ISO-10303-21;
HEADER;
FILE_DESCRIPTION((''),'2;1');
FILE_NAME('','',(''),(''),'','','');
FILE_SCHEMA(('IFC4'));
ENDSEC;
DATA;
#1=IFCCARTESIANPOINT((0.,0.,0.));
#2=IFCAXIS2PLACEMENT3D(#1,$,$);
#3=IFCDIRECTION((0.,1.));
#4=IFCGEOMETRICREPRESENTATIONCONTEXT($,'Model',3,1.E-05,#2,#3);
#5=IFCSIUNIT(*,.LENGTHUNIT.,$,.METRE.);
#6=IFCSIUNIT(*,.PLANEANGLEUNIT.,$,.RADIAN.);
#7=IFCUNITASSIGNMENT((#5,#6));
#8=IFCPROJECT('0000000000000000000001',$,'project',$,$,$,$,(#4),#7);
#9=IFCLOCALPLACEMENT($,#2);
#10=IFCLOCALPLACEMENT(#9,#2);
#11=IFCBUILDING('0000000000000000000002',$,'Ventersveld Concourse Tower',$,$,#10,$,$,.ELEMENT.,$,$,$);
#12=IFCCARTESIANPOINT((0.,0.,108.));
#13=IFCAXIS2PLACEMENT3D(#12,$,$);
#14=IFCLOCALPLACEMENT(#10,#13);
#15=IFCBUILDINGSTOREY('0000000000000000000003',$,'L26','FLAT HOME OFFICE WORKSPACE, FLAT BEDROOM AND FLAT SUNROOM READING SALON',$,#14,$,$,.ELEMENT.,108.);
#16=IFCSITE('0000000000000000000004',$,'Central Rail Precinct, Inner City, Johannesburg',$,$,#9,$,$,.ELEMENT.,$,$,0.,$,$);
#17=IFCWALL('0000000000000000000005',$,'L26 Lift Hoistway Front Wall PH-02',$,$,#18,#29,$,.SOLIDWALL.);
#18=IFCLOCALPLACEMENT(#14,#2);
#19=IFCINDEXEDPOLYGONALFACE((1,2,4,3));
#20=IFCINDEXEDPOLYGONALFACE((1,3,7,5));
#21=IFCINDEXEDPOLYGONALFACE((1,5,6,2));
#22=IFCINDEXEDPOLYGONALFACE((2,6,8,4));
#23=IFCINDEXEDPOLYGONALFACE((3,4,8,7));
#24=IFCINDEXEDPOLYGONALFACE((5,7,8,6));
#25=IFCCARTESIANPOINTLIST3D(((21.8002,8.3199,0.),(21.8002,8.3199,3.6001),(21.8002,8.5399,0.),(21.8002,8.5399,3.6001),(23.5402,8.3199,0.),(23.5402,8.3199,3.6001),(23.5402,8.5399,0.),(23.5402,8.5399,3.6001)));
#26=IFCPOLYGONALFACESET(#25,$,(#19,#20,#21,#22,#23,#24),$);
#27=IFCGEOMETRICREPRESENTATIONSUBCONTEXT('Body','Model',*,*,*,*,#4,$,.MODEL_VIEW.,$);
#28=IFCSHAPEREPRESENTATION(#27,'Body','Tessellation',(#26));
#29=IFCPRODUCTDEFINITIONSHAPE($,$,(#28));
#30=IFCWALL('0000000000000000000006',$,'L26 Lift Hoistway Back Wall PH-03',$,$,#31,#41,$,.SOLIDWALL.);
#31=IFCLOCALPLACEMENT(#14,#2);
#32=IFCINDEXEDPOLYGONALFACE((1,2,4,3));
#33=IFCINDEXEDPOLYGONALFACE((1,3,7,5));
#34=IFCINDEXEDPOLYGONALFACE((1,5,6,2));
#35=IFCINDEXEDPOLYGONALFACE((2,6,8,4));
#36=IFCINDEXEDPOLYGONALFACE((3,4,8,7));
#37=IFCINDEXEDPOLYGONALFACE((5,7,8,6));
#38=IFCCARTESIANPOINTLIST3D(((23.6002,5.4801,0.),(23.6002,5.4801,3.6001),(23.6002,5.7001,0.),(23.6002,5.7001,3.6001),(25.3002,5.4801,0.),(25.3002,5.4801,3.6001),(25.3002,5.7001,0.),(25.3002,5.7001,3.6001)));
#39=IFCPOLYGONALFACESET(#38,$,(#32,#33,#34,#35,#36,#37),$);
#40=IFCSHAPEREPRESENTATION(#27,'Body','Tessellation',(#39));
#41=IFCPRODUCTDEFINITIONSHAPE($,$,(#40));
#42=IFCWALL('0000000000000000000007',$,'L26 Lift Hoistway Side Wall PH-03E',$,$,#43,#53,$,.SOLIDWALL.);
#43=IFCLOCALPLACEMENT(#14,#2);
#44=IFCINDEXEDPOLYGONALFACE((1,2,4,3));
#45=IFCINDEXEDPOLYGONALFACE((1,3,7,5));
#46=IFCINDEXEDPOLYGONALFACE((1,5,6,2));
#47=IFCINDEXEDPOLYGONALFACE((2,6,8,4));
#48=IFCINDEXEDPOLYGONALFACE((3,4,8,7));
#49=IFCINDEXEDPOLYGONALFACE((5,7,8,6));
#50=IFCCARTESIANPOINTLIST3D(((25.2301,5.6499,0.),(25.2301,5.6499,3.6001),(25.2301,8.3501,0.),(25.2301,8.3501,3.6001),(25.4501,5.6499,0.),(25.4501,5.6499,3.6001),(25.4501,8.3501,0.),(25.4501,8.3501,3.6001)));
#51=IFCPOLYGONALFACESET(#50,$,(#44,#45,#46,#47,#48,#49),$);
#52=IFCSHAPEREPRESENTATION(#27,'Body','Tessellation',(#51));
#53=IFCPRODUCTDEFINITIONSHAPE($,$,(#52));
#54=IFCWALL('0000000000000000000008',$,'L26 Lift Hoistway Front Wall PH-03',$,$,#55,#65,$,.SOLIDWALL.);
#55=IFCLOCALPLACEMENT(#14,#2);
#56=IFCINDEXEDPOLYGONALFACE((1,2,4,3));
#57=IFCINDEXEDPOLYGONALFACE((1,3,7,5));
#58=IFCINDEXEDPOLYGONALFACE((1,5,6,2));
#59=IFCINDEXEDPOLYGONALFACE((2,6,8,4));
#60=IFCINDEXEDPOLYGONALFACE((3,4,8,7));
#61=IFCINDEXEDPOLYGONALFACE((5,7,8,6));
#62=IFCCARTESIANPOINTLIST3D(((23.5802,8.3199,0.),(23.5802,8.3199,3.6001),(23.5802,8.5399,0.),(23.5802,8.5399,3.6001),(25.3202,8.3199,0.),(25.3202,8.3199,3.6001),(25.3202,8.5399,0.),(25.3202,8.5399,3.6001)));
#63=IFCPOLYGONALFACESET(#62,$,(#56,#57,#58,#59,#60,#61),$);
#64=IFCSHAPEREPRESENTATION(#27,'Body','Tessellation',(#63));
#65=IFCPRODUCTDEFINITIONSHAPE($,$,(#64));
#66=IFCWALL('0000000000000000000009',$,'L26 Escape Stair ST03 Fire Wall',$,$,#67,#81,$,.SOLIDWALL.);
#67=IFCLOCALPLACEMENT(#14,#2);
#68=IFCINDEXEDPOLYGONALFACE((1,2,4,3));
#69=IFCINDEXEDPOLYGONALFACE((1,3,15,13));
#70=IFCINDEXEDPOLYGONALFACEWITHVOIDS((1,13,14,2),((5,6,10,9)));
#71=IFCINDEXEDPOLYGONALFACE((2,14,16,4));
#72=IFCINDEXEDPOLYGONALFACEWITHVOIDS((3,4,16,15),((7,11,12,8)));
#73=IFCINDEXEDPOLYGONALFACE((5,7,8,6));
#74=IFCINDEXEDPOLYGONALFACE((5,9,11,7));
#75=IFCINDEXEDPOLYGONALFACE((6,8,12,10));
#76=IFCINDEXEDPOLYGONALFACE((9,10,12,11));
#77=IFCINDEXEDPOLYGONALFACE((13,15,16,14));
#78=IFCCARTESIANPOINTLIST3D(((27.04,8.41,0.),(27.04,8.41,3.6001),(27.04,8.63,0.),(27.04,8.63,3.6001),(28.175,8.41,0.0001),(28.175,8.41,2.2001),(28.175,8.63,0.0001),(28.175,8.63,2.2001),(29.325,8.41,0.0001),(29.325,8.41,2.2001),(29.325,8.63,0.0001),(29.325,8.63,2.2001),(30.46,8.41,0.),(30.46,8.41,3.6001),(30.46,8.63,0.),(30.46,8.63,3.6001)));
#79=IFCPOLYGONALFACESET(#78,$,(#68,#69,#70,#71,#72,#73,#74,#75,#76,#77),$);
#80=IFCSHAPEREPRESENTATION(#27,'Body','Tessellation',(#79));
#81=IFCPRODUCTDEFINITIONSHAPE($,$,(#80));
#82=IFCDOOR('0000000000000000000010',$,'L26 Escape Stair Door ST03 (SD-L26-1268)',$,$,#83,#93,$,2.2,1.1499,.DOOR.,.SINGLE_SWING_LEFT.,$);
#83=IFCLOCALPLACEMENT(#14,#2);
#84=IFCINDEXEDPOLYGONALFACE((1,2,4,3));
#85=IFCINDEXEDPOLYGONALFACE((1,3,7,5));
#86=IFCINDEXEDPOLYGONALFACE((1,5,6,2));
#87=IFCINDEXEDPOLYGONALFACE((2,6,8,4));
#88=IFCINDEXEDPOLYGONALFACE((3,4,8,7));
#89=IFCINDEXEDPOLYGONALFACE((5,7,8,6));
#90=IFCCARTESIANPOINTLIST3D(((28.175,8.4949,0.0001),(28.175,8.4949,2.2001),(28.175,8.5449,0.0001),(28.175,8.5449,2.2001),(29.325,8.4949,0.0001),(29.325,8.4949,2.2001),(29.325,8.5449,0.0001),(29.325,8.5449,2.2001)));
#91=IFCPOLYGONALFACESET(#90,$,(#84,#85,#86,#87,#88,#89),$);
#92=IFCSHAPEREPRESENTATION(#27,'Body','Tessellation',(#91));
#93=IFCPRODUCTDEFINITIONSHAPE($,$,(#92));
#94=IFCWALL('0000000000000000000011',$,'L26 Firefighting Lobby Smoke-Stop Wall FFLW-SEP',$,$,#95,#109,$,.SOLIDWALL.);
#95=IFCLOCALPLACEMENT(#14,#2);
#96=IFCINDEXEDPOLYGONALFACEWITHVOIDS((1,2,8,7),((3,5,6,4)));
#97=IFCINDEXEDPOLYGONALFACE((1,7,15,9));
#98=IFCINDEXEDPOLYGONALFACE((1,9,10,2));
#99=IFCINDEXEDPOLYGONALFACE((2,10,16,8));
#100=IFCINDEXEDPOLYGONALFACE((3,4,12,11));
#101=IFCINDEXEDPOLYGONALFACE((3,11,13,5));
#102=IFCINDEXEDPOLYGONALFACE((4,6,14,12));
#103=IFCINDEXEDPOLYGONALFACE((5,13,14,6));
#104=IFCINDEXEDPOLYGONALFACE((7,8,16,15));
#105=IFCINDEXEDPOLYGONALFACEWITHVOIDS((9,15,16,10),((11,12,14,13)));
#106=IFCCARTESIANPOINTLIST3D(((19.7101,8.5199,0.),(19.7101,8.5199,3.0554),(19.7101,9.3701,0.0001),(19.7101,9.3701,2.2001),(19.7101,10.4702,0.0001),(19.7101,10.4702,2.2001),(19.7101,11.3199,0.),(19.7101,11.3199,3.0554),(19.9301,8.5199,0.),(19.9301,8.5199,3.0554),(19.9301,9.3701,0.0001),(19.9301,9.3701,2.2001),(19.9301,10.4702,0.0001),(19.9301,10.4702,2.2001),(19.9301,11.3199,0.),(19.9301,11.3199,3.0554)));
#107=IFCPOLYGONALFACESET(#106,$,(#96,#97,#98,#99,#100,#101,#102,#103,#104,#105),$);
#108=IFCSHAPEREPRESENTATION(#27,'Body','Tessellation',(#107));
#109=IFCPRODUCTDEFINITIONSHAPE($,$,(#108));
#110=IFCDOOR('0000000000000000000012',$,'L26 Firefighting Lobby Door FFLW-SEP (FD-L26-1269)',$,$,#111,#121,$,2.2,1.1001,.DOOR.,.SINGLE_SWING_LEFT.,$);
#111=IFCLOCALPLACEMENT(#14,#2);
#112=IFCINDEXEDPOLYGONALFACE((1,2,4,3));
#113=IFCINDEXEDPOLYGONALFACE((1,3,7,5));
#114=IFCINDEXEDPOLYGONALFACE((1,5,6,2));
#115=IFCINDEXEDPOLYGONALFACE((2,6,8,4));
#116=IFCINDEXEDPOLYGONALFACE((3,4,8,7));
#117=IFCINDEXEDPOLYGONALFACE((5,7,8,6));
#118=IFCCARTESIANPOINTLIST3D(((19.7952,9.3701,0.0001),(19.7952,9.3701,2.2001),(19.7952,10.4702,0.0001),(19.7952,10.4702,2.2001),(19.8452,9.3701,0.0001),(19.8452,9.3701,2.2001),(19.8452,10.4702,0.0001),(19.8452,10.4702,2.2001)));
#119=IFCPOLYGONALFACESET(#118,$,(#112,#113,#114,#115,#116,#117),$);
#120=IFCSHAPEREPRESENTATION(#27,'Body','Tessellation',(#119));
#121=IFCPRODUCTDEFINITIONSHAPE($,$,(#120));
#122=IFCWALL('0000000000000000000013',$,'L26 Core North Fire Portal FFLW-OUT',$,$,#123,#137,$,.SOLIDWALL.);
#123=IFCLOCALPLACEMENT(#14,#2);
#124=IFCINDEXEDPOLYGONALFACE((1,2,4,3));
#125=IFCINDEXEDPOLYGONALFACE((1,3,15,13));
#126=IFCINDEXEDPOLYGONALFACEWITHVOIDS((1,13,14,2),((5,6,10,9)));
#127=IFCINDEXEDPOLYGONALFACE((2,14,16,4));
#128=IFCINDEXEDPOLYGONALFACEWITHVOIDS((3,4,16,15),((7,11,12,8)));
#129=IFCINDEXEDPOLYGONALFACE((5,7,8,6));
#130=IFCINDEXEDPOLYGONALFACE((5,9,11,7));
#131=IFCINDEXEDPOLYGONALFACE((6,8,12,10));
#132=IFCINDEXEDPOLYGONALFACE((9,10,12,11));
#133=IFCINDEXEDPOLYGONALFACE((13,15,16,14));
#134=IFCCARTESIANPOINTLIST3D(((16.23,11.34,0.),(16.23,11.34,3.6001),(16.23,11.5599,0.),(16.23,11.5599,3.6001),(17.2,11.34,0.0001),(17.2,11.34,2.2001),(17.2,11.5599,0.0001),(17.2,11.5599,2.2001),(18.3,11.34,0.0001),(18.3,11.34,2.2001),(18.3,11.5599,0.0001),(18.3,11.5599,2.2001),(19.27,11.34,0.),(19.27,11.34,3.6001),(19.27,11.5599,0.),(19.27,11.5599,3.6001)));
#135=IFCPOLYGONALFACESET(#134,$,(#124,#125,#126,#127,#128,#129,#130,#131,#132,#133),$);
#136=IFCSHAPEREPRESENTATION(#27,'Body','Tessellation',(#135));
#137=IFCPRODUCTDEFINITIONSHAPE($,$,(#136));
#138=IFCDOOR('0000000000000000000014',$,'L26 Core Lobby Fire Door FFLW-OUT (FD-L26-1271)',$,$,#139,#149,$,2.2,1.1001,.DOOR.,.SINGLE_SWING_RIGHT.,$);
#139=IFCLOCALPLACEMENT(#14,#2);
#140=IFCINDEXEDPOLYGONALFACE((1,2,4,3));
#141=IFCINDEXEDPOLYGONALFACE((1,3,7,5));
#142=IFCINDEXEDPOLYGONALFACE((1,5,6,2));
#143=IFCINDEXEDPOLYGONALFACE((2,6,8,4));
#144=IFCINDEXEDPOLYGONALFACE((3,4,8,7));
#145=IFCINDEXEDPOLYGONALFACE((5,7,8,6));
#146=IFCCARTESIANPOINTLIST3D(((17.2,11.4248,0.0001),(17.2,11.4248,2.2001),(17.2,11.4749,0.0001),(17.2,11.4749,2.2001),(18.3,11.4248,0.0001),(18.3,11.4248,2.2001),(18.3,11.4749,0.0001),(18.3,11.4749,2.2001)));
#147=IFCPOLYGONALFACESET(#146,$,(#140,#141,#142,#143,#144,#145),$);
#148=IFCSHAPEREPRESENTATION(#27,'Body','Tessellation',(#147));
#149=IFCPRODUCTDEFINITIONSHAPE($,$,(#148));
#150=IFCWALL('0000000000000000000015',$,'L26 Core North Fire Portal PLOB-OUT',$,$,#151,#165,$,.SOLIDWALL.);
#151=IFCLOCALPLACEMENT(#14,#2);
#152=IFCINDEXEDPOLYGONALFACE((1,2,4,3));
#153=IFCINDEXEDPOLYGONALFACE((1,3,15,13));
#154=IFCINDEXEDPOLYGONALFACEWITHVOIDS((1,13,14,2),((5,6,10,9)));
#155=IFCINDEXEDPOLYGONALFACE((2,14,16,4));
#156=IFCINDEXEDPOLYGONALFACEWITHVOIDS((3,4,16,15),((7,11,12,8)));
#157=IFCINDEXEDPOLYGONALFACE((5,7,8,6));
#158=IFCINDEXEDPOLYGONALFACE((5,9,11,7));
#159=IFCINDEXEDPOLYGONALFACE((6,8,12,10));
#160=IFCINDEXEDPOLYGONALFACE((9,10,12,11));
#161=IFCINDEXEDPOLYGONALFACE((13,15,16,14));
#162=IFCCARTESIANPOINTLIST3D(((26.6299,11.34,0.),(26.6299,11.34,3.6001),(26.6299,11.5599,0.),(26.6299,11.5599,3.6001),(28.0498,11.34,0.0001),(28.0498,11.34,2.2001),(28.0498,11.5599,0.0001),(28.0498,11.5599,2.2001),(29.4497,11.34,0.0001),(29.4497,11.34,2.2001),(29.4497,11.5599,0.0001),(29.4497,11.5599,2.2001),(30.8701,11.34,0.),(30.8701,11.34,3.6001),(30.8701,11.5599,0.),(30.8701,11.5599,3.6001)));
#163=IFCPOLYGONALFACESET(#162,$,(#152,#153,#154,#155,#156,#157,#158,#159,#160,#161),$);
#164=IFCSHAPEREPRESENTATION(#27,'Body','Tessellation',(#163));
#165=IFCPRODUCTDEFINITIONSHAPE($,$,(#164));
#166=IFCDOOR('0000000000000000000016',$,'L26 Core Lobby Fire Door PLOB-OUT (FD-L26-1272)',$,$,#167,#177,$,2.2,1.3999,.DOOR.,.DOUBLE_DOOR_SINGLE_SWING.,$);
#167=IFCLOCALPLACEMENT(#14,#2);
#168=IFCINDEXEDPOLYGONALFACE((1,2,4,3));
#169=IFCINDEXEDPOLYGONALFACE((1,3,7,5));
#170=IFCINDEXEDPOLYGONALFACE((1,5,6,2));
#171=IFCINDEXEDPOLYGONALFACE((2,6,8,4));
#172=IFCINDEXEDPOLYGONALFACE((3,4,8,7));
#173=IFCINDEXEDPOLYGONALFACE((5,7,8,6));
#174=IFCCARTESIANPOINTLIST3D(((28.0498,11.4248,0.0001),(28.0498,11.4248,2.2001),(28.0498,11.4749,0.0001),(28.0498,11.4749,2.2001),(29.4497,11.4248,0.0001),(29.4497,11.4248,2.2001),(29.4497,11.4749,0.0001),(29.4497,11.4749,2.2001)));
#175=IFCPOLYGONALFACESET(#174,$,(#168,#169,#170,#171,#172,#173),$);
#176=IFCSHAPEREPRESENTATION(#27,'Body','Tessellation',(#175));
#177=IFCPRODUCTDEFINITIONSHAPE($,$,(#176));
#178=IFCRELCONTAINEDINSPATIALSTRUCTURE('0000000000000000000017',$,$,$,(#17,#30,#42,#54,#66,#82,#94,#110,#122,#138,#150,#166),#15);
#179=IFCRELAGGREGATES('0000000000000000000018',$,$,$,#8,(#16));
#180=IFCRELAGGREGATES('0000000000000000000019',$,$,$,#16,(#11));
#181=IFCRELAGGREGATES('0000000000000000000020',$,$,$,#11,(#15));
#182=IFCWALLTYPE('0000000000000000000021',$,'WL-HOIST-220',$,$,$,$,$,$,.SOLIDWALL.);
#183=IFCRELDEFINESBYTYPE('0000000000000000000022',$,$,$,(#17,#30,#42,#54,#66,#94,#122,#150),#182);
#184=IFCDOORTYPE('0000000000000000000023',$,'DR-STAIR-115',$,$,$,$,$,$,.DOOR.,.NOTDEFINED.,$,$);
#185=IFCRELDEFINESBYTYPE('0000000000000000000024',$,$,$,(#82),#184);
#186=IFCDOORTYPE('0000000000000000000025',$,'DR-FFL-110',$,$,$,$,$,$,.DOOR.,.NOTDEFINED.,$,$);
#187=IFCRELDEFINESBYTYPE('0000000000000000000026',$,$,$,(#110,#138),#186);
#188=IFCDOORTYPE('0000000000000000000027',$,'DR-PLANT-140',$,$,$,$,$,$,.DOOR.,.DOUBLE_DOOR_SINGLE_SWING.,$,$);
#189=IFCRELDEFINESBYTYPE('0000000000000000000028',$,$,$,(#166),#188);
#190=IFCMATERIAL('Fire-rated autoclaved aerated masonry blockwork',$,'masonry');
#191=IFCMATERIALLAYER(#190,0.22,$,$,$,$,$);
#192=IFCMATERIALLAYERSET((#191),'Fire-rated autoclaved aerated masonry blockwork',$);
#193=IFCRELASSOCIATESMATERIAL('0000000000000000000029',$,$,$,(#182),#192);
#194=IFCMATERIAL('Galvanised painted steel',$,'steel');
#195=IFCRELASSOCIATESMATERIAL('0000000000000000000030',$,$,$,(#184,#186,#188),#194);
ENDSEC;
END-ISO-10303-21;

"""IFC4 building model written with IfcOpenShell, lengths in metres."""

from ifc_helpers import new_model, si_unit, direction, frame, frame_2d, origin, place, context, subcontext, project, spatial, rectangle, extrude, material, layer, layer_set, type_object, element, fill, save


model = new_model("IFC4")

# Units and contexts
model_context = context("Model", 3, precision=1e-05, world=origin(), true_north=direction((0.0, 1.0)))
body_context = subcontext(model_context, "Body", "Model", "MODEL_VIEW")
ifc_project = project(units=[si_unit("LENGTHUNIT", "METRE"), si_unit("PLANEANGLEUNIT", "RADIAN")], contexts=[model_context])

# Site, building, storey
site_placement = place(None, origin())
site = spatial("IfcSite", under=ifc_project, at=site_placement, Name="Central Rail Precinct, Inner City, Johannesburg", CompositionType="ELEMENT", RefElevation=0.0)
building_placement = place(site_placement, origin())
building = spatial("IfcBuilding", under=site, at=building_placement, Name="Ventersveld Concourse Tower", CompositionType="ELEMENT")
storey_placement = place(building_placement, frame((0.0, 0.0, 108.0)))
storey = spatial("IfcBuildingStorey", under=building, at=storey_placement, Name="L26", Description="FLAT HOME OFFICE WORKSPACE, FLAT BEDROOM AND FLAT SUNROOM READING SALON", CompositionType="ELEMENT", Elevation=108.0)

# Shared definitions
ifc_material_1 = material(Name="Fire-rated autoclaved aerated masonry blockwork", Category="masonry")
ifc_layer_1 = layer(ifc_material_1, 0.22)
ifc_layer_set_1 = layer_set([ifc_layer_1], Name="Fire-rated autoclaved aerated masonry blockwork")
wall_type_1 = type_object("IfcWallType", Name="WL-HOIST-220", PredefinedType="SOLIDWALL", material=ifc_layer_set_1)

# Walls
wall_1_placement = place(storey_placement, frame((21.8, 8.4299, 0.0), z_axis=(0.0, 0.0, 1.0), x_axis=(1.0, 0.0, 0.0)))
element("IfcWall", 1, at=wall_1_placement, inside=storey, type_object=wall_type_1, Name="L26 Lift Hoistway Front Wall PH-02", PredefinedType="SOLIDWALL", context=body_context, shape_type="SweptSolid", body=[
    extrude(rectangle(XDim=1.74, YDim=0.22, at=frame_2d((0.8701, 0.0))), origin(), (0.0, 0.0, 1.0), 3.6001),
])
wall_2_placement = place(storey_placement, frame((23.6001, 5.5901, 0.0), z_axis=(0.0, 0.0, 1.0), x_axis=(1.0, 0.0, 0.0)))
element("IfcWall", 2, at=wall_2_placement, inside=storey, type_object=wall_type_1, Name="L26 Lift Hoistway Back Wall PH-03", PredefinedType="SOLIDWALL", context=body_context, shape_type="SweptSolid", body=[
    extrude(rectangle(XDim=1.7, YDim=0.22, at=frame_2d((0.8501, 0.0))), origin(), (0.0, 0.0, 1.0), 3.6001),
])
wall_3_placement = place(storey_placement, frame((25.3401, 5.6499, 0.0), z_axis=(0.0, 0.0, 1.0), x_axis=(0.0, 1.0, 0.0)))
element("IfcWall", 3, at=wall_3_placement, inside=storey, type_object=wall_type_1, Name="L26 Lift Hoistway Side Wall PH-03E", PredefinedType="SOLIDWALL", context=body_context, shape_type="SweptSolid", body=[
    extrude(rectangle(XDim=2.7002, YDim=0.22, at=frame_2d((1.3501, 0.0))), origin(), (0.0, 0.0, 1.0), 3.6001),
])
wall_4_placement = place(storey_placement, frame((23.5801, 8.4299, 0.0), z_axis=(0.0, 0.0, 1.0), x_axis=(1.0, 0.0, 0.0)))
element("IfcWall", 4, at=wall_4_placement, inside=storey, type_object=wall_type_1, Name="L26 Lift Hoistway Front Wall PH-03", PredefinedType="SOLIDWALL", context=body_context, shape_type="SweptSolid", body=[
    extrude(rectangle(XDim=1.74, YDim=0.22, at=frame_2d((0.8701, 0.0))), origin(), (0.0, 0.0, 1.0), 3.6001),
])

# Walls, openings, doors
wall_5_placement = place(storey_placement, frame((27.04, 8.52, 0.0), z_axis=(0.0, 0.0, 1.0), x_axis=(1.0, 0.0, 0.0)))
wall_5 = element("IfcWall", 5, at=wall_5_placement, inside=storey, type_object=wall_type_1, Name="L26 Escape Stair ST03 Fire Wall", PredefinedType="SOLIDWALL", context=body_context, shape_type="SweptSolid", body=[
    extrude(rectangle(XDim=3.4199, YDim=0.22, at=frame_2d((1.71, 0.0))), origin(), (0.0, 0.0, 1.0), 3.6001),
])
opening_1_placement = place(wall_5_placement, frame((1.135, 0.0, 0.0)))
opening_1 = element("IfcOpeningElement", 6, at=opening_1_placement, cuts=wall_5, PredefinedType="OPENING", context=body_context, shape_type="SweptSolid", body=[
    extrude(rectangle(XDim=1.1499, YDim=2.2, at=frame_2d((0.575, 1.1001))), frame((0.0, 0.1201, 0.0), z_axis=(0.0, -1.0, 0.0), x_axis=(1.0, 0.0, 0.0)), (0.0, 0.0, 1.0), 0.24),
])
ifc_material_2 = material(Name="Galvanised painted steel", Category="steel")
door_type_1 = type_object("IfcDoorType", Name="DR-STAIR-115", OperationType="NOTDEFINED", PredefinedType="DOOR", material=ifc_material_2)
door_1_placement = place(opening_1_placement, origin())
door_1 = element("IfcDoor", 7, at=door_1_placement, inside=storey, type_object=door_type_1, Name="L26 Escape Stair Door ST03 (SD-L26-1268)", OperationType="SINGLE_SWING_LEFT", OverallHeight=2.2, OverallWidth=1.1499, PredefinedType="DOOR", context=body_context, shape_type="SweptSolid", body=[
    extrude(rectangle(XDim=1.1499, YDim=2.2, at=frame_2d((0.575, 1.1001))), frame((0.0, 0.0249, 0.0), z_axis=(0.0, -1.0, 0.0), x_axis=(1.0, 0.0, 0.0)), (0.0, 0.0, 1.0), 0.05),
])
fill(opening_1, door_1)
wall_6_placement = place(storey_placement, frame((19.8201, 8.52, 0.0), z_axis=(0.0, 0.0, 1.0), x_axis=(0.0, 1.0, 0.0)))
wall_6 = element("IfcWall", 8, at=wall_6_placement, inside=storey, type_object=wall_type_1, Name="L26 Firefighting Lobby Smoke-Stop Wall FFLW-SEP", PredefinedType="SOLIDWALL", context=body_context, shape_type="SweptSolid", body=[
    extrude(rectangle(XDim=2.8, YDim=0.22, at=frame_2d((1.3999, 0.0))), origin(), (0.0, 0.0, 1.0), 3.0554),
])
opening_2_placement = place(wall_6_placement, frame((0.8501, 0.0, 0.0)))
opening_2 = element("IfcOpeningElement", 9, at=opening_2_placement, cuts=wall_6, PredefinedType="OPENING", context=body_context, shape_type="SweptSolid", body=[
    extrude(rectangle(XDim=1.1001, YDim=2.2, at=frame_2d((0.55, 1.1001))), frame((0.0, 0.1201, 0.0), z_axis=(0.0, -1.0, 0.0), x_axis=(1.0, 0.0, 0.0)), (0.0, 0.0, 1.0), 0.24),
])
door_type_2 = type_object("IfcDoorType", Name="DR-FFL-110", OperationType="NOTDEFINED", PredefinedType="DOOR", material=ifc_material_2)
door_2_placement = place(opening_2_placement, origin())
door_2 = element("IfcDoor", 10, at=door_2_placement, inside=storey, type_object=door_type_2, Name="L26 Firefighting Lobby Door FFLW-SEP (FD-L26-1269)", OperationType="SINGLE_SWING_LEFT", OverallHeight=2.2, OverallWidth=1.1001, PredefinedType="DOOR", context=body_context, shape_type="SweptSolid", body=[
    extrude(rectangle(XDim=1.1001, YDim=2.2, at=frame_2d((0.55, 1.1001))), frame((0.0, 0.0249, 0.0), z_axis=(0.0, -1.0, 0.0), x_axis=(1.0, 0.0, 0.0)), (0.0, 0.0, 1.0), 0.05),
])
fill(opening_2, door_2)
wall_7_placement = place(storey_placement, frame((16.23, 11.45, 0.0), z_axis=(0.0, 0.0, 1.0), x_axis=(1.0, 0.0, 0.0)))
wall_7 = element("IfcWall", 11, at=wall_7_placement, inside=storey, type_object=wall_type_1, Name="L26 Core North Fire Portal FFLW-OUT", PredefinedType="SOLIDWALL", context=body_context, shape_type="SweptSolid", body=[
    extrude(rectangle(XDim=3.04, YDim=0.22, at=frame_2d((1.52, 0.0))), origin(), (0.0, 0.0, 1.0), 3.6001),
])
opening_3_placement = place(wall_7_placement, frame((0.97, 0.0, 0.0)))
opening_3 = element("IfcOpeningElement", 12, at=opening_3_placement, cuts=wall_7, PredefinedType="OPENING", context=body_context, shape_type="SweptSolid", body=[
    extrude(rectangle(XDim=1.1001, YDim=2.2, at=frame_2d((0.55, 1.1001))), frame((0.0, 0.1201, 0.0), z_axis=(0.0, -1.0, 0.0), x_axis=(1.0, 0.0, 0.0)), (0.0, 0.0, 1.0), 0.24),
])
door_3_placement = place(opening_3_placement, origin())
door_3 = element("IfcDoor", 13, at=door_3_placement, inside=storey, type_object=door_type_2, Name="L26 Core Lobby Fire Door FFLW-OUT (FD-L26-1271)", OperationType="SINGLE_SWING_RIGHT", OverallHeight=2.2, OverallWidth=1.1001, PredefinedType="DOOR", context=body_context, shape_type="SweptSolid", body=[
    extrude(rectangle(XDim=1.1001, YDim=2.2, at=frame_2d((0.55, 1.1001))), frame((0.0, 0.0249, 0.0), z_axis=(0.0, -1.0, 0.0), x_axis=(1.0, 0.0, 0.0)), (0.0, 0.0, 1.0), 0.05),
])
fill(opening_3, door_3)
wall_8_placement = place(storey_placement, frame((26.6299, 11.45, 0.0), z_axis=(0.0, 0.0, 1.0), x_axis=(1.0, 0.0, 0.0)))
wall_8 = element("IfcWall", 14, at=wall_8_placement, inside=storey, type_object=wall_type_1, Name="L26 Core North Fire Portal PLOB-OUT", PredefinedType="SOLIDWALL", context=body_context, shape_type="SweptSolid", body=[
    extrude(rectangle(XDim=4.2402, YDim=0.22, at=frame_2d((2.1201, 0.0))), origin(), (0.0, 0.0, 1.0), 3.6001),
])
opening_4_placement = place(wall_8_placement, frame((1.4199, 0.0, 0.0)))
opening_4 = element("IfcOpeningElement", 15, at=opening_4_placement, cuts=wall_8, PredefinedType="OPENING", context=body_context, shape_type="SweptSolid", body=[
    extrude(rectangle(XDim=1.3999, YDim=2.2, at=frame_2d((0.7, 1.1001))), frame((0.0, 0.1201, 0.0), z_axis=(0.0, -1.0, 0.0), x_axis=(1.0, 0.0, 0.0)), (0.0, 0.0, 1.0), 0.24),
])
door_type_3 = type_object("IfcDoorType", Name="DR-PLANT-140", OperationType="DOUBLE_DOOR_SINGLE_SWING", PredefinedType="DOOR", material=ifc_material_2)
door_4_placement = place(opening_4_placement, origin())
door_4 = element("IfcDoor", 16, at=door_4_placement, inside=storey, type_object=door_type_3, Name="L26 Core Lobby Fire Door PLOB-OUT (FD-L26-1272)", OperationType="DOUBLE_DOOR_SINGLE_SWING", OverallHeight=2.2, OverallWidth=1.3999, PredefinedType="DOOR", context=body_context, shape_type="SweptSolid", body=[
    extrude(rectangle(XDim=1.3999, YDim=2.2, at=frame_2d((0.7, 1.1001))), frame((0.0, 0.0249, 0.0), z_axis=(0.0, -1.0, 0.0), x_axis=(1.0, 0.0, 0.0)), (0.0, 0.0, 1.0), 0.05),
])
fill(opening_4, door_4)

save(model, "model.ifc")
